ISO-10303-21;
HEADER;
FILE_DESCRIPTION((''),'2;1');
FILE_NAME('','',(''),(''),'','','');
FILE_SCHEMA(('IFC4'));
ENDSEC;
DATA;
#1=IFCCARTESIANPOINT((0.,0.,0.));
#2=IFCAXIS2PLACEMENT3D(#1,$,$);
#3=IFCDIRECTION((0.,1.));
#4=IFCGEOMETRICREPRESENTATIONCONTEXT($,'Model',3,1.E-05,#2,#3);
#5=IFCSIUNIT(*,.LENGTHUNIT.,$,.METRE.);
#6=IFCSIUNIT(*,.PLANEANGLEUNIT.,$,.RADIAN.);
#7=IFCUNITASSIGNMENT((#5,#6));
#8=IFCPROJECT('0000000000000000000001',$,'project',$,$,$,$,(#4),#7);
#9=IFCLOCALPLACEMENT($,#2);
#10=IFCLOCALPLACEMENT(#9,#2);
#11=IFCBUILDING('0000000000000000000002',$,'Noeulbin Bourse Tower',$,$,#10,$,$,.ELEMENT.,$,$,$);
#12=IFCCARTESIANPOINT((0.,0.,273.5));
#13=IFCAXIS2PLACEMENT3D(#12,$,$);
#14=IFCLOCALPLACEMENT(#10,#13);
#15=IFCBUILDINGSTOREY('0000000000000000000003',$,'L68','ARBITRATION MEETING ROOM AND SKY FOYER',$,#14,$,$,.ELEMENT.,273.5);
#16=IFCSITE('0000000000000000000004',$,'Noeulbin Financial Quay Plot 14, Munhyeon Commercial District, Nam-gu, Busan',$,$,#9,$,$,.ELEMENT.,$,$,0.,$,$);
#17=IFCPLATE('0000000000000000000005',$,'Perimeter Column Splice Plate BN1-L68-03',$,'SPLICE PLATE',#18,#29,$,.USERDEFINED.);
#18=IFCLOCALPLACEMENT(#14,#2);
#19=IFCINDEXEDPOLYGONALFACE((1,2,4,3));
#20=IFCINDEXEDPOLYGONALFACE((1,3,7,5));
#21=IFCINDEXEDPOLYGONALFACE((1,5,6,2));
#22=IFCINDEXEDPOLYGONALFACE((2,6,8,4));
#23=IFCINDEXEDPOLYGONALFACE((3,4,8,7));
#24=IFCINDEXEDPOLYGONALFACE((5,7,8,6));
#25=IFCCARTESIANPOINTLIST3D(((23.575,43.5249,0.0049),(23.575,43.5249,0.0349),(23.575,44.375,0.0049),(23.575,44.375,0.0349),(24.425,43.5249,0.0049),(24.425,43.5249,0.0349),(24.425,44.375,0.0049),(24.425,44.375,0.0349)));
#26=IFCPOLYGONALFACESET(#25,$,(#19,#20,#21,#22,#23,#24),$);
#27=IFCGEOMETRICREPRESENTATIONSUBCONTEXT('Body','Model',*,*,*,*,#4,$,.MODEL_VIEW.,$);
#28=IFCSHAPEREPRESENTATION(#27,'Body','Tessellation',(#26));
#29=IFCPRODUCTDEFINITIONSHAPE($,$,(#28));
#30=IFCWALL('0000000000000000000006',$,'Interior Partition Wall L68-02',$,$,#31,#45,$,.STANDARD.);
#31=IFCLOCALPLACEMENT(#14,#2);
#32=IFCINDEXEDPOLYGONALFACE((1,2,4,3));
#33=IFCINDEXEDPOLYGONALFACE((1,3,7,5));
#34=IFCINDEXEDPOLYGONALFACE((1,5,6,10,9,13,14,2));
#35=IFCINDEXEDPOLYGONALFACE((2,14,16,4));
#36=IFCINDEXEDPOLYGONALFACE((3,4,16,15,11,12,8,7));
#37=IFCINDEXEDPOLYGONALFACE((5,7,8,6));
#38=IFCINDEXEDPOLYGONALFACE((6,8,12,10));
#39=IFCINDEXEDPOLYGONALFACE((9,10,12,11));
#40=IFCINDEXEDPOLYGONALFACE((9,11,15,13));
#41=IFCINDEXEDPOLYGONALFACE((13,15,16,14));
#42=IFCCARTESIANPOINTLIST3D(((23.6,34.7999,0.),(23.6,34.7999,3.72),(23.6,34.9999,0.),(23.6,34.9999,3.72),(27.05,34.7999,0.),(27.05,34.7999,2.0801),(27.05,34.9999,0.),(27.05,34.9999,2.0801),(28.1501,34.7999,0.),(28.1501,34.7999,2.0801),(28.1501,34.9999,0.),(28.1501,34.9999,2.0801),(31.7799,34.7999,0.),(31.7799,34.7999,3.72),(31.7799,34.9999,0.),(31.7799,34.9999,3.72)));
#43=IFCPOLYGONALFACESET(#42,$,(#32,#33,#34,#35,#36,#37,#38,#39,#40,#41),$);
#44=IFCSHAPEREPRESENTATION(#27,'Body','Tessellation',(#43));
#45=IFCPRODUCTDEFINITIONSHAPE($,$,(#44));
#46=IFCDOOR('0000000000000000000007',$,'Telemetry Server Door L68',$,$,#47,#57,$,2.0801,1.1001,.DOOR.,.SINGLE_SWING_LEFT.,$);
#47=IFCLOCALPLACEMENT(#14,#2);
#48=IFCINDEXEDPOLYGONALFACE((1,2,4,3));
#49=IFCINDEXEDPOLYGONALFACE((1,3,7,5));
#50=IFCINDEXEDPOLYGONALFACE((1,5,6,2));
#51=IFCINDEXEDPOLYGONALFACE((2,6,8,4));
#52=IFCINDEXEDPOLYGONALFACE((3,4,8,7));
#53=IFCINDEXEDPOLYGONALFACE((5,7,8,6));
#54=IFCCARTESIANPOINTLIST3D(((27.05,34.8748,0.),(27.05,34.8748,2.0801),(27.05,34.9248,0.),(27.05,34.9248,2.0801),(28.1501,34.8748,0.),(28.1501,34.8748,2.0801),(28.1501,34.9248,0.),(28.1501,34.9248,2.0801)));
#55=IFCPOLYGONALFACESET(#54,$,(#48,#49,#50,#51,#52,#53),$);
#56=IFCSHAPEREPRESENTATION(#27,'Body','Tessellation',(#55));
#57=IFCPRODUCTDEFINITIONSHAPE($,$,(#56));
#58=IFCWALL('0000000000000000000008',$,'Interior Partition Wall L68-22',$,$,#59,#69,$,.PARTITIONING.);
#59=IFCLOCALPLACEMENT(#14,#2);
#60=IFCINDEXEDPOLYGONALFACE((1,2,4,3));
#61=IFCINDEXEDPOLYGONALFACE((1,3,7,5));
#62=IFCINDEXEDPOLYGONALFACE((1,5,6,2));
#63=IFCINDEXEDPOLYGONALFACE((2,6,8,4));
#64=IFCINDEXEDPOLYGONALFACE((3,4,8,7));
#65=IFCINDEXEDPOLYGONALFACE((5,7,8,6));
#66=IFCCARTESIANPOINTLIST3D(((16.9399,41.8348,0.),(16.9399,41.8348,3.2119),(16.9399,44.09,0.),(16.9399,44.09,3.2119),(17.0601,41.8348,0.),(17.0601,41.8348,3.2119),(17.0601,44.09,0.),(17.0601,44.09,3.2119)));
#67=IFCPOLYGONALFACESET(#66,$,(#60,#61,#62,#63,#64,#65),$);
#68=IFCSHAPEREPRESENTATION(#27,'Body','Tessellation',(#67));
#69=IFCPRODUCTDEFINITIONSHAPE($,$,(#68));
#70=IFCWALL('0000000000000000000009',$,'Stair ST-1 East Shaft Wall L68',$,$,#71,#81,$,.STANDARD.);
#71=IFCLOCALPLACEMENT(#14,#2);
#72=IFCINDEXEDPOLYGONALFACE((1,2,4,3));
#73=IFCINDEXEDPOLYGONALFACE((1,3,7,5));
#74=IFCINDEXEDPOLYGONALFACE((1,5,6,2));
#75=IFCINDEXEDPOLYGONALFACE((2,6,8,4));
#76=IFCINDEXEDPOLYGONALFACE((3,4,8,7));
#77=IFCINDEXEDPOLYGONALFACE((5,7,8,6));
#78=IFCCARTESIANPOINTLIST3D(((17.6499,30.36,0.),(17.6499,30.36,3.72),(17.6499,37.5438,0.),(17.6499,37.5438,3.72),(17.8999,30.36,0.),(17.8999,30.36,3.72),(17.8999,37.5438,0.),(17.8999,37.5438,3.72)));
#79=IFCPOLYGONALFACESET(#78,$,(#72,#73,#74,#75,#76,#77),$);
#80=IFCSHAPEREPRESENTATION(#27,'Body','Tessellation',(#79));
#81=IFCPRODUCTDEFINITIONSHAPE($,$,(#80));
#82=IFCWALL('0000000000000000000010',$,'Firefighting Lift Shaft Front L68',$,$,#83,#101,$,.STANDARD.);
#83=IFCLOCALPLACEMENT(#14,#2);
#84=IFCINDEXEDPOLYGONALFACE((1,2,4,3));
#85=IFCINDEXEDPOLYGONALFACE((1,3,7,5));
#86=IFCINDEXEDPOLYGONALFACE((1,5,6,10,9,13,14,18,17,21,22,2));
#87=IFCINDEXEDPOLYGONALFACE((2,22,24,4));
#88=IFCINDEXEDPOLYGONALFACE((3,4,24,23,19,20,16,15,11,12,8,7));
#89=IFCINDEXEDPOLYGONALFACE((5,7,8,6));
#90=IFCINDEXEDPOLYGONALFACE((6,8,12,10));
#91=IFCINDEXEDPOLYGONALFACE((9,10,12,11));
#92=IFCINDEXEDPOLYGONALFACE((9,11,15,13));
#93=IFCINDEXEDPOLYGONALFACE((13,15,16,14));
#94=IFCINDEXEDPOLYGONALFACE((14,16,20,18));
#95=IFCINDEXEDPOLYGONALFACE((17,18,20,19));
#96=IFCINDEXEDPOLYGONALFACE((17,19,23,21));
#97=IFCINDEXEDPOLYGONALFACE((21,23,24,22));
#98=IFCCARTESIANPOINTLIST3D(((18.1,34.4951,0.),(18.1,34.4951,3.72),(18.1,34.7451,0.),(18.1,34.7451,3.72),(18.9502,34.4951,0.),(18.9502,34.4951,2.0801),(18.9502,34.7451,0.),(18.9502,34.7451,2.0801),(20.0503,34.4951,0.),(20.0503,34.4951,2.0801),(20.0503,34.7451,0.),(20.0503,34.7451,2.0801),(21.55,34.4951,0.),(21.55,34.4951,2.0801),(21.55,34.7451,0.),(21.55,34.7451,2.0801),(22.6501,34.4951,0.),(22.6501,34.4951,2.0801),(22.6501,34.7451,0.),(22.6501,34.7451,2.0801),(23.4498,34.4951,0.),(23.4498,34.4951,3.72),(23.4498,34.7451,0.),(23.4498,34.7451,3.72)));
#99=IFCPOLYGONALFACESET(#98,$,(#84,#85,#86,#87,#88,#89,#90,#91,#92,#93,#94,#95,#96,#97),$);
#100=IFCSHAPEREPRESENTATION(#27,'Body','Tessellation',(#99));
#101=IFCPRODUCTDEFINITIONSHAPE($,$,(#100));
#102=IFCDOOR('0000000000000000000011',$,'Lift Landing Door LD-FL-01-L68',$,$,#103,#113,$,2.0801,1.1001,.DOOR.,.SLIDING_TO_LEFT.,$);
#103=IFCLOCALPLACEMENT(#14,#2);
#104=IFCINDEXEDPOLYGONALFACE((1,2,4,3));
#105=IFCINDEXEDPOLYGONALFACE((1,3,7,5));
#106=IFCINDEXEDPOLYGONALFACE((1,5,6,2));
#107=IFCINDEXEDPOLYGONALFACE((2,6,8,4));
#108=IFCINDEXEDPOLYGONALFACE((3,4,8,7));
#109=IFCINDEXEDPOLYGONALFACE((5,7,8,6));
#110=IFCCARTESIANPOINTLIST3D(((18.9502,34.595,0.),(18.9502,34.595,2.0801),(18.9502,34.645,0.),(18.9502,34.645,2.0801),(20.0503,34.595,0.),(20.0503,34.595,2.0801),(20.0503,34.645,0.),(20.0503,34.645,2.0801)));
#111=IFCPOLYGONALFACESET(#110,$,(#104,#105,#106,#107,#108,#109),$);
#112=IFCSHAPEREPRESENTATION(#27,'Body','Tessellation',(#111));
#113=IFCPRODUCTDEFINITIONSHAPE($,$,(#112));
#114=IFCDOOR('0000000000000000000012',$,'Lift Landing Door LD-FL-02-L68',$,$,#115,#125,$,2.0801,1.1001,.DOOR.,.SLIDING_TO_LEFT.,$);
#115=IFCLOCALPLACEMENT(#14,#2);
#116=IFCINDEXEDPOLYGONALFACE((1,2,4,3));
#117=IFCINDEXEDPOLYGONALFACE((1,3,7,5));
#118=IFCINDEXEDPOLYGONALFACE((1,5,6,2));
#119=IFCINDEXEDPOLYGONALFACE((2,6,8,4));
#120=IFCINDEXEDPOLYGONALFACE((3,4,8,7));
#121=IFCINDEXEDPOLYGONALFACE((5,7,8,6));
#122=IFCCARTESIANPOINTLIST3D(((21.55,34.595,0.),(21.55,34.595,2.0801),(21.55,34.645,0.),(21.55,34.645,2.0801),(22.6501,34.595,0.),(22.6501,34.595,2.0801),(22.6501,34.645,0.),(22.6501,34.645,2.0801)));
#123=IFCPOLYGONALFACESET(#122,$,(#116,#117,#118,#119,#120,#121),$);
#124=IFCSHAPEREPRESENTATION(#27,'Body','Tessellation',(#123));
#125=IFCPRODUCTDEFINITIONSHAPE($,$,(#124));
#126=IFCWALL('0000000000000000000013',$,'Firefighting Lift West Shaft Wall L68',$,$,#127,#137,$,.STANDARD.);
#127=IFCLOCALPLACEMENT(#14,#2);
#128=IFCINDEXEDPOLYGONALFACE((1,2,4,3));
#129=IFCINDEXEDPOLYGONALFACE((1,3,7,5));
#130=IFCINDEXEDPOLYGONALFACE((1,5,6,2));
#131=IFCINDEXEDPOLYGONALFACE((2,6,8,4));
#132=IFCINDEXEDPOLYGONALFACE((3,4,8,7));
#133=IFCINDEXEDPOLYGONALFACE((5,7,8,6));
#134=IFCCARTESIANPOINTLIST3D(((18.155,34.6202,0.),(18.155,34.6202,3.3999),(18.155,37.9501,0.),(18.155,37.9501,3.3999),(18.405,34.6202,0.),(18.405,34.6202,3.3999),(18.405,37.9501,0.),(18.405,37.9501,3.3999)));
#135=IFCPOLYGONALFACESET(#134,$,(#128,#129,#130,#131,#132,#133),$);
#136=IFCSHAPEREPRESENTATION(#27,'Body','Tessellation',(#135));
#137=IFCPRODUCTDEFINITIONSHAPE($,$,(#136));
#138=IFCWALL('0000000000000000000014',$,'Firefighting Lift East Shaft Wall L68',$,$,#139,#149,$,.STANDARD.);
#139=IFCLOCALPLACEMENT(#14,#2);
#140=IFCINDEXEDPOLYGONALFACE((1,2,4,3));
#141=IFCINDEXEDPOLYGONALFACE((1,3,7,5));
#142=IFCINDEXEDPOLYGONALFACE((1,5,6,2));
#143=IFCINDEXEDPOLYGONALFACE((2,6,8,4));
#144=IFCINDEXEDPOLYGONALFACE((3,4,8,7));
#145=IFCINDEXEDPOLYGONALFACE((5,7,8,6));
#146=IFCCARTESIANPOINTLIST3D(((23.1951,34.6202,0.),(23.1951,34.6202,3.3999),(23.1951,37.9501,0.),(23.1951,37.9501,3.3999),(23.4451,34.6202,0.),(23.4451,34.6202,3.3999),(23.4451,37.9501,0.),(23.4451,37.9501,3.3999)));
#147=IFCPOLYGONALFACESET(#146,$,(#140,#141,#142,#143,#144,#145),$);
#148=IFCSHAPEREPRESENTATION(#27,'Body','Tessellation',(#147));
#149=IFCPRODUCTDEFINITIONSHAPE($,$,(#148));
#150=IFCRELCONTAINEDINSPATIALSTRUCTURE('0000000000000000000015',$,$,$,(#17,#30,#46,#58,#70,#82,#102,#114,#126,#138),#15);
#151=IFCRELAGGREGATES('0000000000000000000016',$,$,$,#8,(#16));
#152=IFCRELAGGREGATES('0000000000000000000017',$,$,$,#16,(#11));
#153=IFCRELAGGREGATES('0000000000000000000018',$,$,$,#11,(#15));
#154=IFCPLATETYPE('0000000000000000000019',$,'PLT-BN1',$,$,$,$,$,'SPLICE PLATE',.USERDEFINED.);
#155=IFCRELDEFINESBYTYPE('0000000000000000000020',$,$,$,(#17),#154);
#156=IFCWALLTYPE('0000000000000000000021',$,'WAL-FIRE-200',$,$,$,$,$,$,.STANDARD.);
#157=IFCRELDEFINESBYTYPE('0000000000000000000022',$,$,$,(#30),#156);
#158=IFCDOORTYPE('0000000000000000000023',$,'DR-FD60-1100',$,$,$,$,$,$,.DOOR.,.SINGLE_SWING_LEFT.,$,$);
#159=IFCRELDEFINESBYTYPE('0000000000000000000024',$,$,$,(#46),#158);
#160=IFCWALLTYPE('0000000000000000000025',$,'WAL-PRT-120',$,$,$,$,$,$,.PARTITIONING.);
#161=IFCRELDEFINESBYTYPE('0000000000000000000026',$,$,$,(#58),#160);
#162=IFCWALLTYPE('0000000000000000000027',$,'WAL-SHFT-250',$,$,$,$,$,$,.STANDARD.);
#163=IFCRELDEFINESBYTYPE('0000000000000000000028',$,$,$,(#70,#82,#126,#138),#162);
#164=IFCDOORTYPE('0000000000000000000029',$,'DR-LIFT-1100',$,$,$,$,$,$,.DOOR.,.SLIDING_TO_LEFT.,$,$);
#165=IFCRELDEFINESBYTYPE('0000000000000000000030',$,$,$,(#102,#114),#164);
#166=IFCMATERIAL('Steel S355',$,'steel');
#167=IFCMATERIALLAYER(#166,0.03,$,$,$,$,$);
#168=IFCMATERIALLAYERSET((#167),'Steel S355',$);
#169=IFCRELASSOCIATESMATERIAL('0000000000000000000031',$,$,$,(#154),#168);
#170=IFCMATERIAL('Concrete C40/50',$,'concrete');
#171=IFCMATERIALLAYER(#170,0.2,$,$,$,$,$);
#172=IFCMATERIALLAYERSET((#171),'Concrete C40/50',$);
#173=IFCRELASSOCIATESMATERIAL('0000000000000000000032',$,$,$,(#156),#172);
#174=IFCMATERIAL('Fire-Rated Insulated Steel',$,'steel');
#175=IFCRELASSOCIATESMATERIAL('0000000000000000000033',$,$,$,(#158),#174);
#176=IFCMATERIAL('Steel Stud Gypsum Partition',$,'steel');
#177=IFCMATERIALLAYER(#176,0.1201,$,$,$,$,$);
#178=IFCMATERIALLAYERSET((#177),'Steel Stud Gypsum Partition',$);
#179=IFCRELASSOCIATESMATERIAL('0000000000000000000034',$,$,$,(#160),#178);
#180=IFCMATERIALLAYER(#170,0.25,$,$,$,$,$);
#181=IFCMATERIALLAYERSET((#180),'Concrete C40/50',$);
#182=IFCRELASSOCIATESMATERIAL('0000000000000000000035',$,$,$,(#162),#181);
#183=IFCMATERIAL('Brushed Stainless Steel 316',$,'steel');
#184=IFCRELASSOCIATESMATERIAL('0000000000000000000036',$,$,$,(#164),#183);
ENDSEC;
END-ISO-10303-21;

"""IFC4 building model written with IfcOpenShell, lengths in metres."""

from ifc_helpers import new_model, si_unit, direction, frame, frame_2d, origin, origin_2d, place, context, subcontext, project, spatial, rectangle, extrude, material, layer, layer_set, type_object, element, fill, save


model = new_model("IFC4")

# Units and contexts
model_context = context("Model", 3, precision=1e-05, world=origin(), true_north=direction((0.0, 1.0)))
body_context = subcontext(model_context, "Body", "Model", "MODEL_VIEW")
ifc_project = project(units=[si_unit("LENGTHUNIT", "METRE"), si_unit("PLANEANGLEUNIT", "RADIAN")], contexts=[model_context])

# Site, building, storey
site_placement = place(None, origin())
site = spatial("IfcSite", under=ifc_project, at=site_placement, Name="Noeulbin Financial Quay Plot 14, Munhyeon Commercial District, Nam-gu, Busan", CompositionType="ELEMENT", RefElevation=0.0)
building_placement = place(site_placement, origin())
building = spatial("IfcBuilding", under=site, at=building_placement, Name="Noeulbin Bourse Tower", CompositionType="ELEMENT")
storey_placement = place(building_placement, frame((0.0, 0.0, 273.5)))
storey = spatial("IfcBuildingStorey", under=building, at=storey_placement, Name="L68", Description="ARBITRATION MEETING ROOM AND SKY FOYER", CompositionType="ELEMENT", Elevation=273.5)

# Shared definitions
ifc_material_1 = material(Name="Steel S355", Category="steel")

# Plate
ifc_layer_1 = layer(ifc_material_1, 0.03)
ifc_layer_set_1 = layer_set([ifc_layer_1], Name="Steel S355")
plate_type_1 = type_object("IfcPlateType", Name="PLT-BN1", ElementType="SPLICE PLATE", PredefinedType="USERDEFINED", material=ifc_layer_set_1)
for number, where, z_axis, x_axis, name in (
    (1, (24.0, 43.95, 0.0049), (0.0, 0.0, 1.0), (1.0, 0.0, 0.0), "Perimeter Column Splice Plate BN1-L68-03"),
):
    element("IfcPlate", number, at=place(storey_placement, frame(where, z_axis=z_axis, x_axis=x_axis)), inside=storey, type_object=plate_type_1, Name=name, ObjectType="SPLICE PLATE", PredefinedType="USERDEFINED", context=body_context, shape_type="SweptSolid", body=[
        extrude(rectangle(XDim=0.8501, YDim=0.8501, at=origin_2d()), origin(), (0.0, 0.0, 1.0), 0.03),
    ])

# Wall, opening, door
ifc_material_2 = material(Name="Concrete C40/50", Category="concrete")
ifc_layer_2 = layer(ifc_material_2, 0.2)
ifc_layer_set_2 = layer_set([ifc_layer_2], Name="Concrete C40/50")
wall_type_1 = type_object("IfcWallType", Name="WAL-FIRE-200", PredefinedType="STANDARD", material=ifc_layer_set_2)
wall_1_placement = place(storey_placement, frame((23.6001, 34.8999, 0.0), z_axis=(0.0, 0.0, 1.0), x_axis=(1.0, 0.0, 0.0)))
wall_1 = element("IfcWall", 2, at=wall_1_placement, inside=storey, type_object=wall_type_1, Name="Interior Partition Wall L68-02", PredefinedType="STANDARD", context=body_context, shape_type="SweptSolid", body=[
    extrude(rectangle(XDim=8.1799, YDim=0.2, at=frame_2d((4.0898, 0.0))), origin(), (0.0, 0.0, 1.0), 3.72),
])
opening_1_placement = place(wall_1_placement, frame((3.45, 0.0, 0.0)))
opening_1 = element("IfcOpeningElement", 3, at=opening_1_placement, cuts=wall_1, PredefinedType="OPENING", context=body_context, shape_type="SweptSolid", body=[
    extrude(rectangle(XDim=1.1001, YDim=2.0801, at=frame_2d((0.55, 1.04))), frame((0.0, 0.1099, 0.0), z_axis=(0.0, -1.0, 0.0), x_axis=(1.0, 0.0, 0.0)), (0.0, 0.0, 1.0), 0.22),
])
ifc_material_3 = material(Name="Fire-Rated Insulated Steel", Category="steel")
door_type_1 = type_object("IfcDoorType", Name="DR-FD60-1100", OperationType="SINGLE_SWING_LEFT", PredefinedType="DOOR", material=ifc_material_3)
door_1_placement = place(opening_1_placement, origin())
door_1 = element("IfcDoor", 4, at=door_1_placement, inside=storey, type_object=door_type_1, Name="Telemetry Server Door L68", OperationType="SINGLE_SWING_LEFT", OverallHeight=2.0801, OverallWidth=1.1001, PredefinedType="DOOR", context=body_context, shape_type="SweptSolid", body=[
    extrude(rectangle(XDim=1.1001, YDim=2.0801, at=frame_2d((0.55, 1.04))), frame((0.0, 0.0249, 0.0), z_axis=(0.0, -1.0, 0.0), x_axis=(1.0, 0.0, 0.0)), (0.0, 0.0, 1.0), 0.05),
])
fill(opening_1, door_1)

# Walls
ifc_material_4 = material(Name="Steel Stud Gypsum Partition", Category="steel")
ifc_layer_3 = layer(ifc_material_4, 0.1201)
ifc_layer_set_3 = layer_set([ifc_layer_3], Name="Steel Stud Gypsum Partition")
wall_type_2 = type_object("IfcWallType", Name="WAL-PRT-120", PredefinedType="PARTITIONING", material=ifc_layer_set_3)
wall_2_placement = place(storey_placement, frame((17.0, 41.835, 0.0), z_axis=(0.0, 0.0, 1.0), x_axis=(0.0, 1.0, 0.0)))
element("IfcWall", 5, at=wall_2_placement, inside=storey, type_object=wall_type_2, Name="Interior Partition Wall L68-22", PredefinedType="PARTITIONING", context=body_context, shape_type="SweptSolid", body=[
    extrude(rectangle(XDim=2.2551, YDim=0.1201, at=frame_2d((1.1274, 0.0))), origin(), (0.0, 0.0, 1.0), 3.2119),
])
ifc_layer_4 = layer(ifc_material_2, 0.25)
ifc_layer_set_4 = layer_set([ifc_layer_4], Name="Concrete C40/50")
wall_type_3 = type_object("IfcWallType", Name="WAL-SHFT-250", PredefinedType="STANDARD", material=ifc_layer_set_4)
wall_3_placement = place(storey_placement, frame((17.7749, 30.3601, 0.0), z_axis=(0.0, 0.0, 1.0), x_axis=(0.0, 1.0, 0.0)))
element("IfcWall", 6, at=wall_3_placement, inside=storey, type_object=wall_type_3, Name="Stair ST-1 East Shaft Wall L68", PredefinedType="STANDARD", context=body_context, shape_type="SweptSolid", body=[
    extrude(rectangle(XDim=7.1838, YDim=0.25, at=frame_2d((3.5918, 0.0))), origin(), (0.0, 0.0, 1.0), 3.72),
])

# Wall, openings, doors
wall_4_placement = place(storey_placement, frame((18.1001, 34.6201, 0.0), z_axis=(0.0, 0.0, 1.0), x_axis=(1.0, 0.0, 0.0)))
wall_4 = element("IfcWall", 7, at=wall_4_placement, inside=storey, type_object=wall_type_3, Name="Firefighting Lift Shaft Front L68", PredefinedType="STANDARD", context=body_context, shape_type="SweptSolid", body=[
    extrude(rectangle(XDim=5.3499, YDim=0.25, at=frame_2d((2.6748, 0.0))), origin(), (0.0, 0.0, 1.0), 3.72),
])
opening_2_placement = place(wall_4_placement, frame((0.8501, 0.0, 0.0)))
opening_2 = element("IfcOpeningElement", 8, at=opening_2_placement, cuts=wall_4, PredefinedType="OPENING", context=body_context, shape_type="SweptSolid", body=[
    extrude(rectangle(XDim=1.1001, YDim=2.0801, at=frame_2d((0.55, 1.04))), frame((0.0, 0.135, 0.0), z_axis=(0.0, -1.0, 0.0), x_axis=(1.0, 0.0, 0.0)), (0.0, 0.0, 1.0), 0.27),
])
opening_3_placement = place(wall_4_placement, frame((3.45, 0.0, 0.0)))
opening_3 = element("IfcOpeningElement", 9, at=opening_3_placement, cuts=wall_4, PredefinedType="OPENING", context=body_context, shape_type="SweptSolid", body=[
    extrude(rectangle(XDim=1.1001, YDim=2.0801, at=frame_2d((0.55, 1.04))), frame((0.0, 0.135, 0.0), z_axis=(0.0, -1.0, 0.0), x_axis=(1.0, 0.0, 0.0)), (0.0, 0.0, 1.0), 0.27),
])
ifc_material_5 = material(Name="Brushed Stainless Steel 316", Category="steel")
door_type_2 = type_object("IfcDoorType", Name="DR-LIFT-1100", OperationType="SLIDING_TO_LEFT", PredefinedType="DOOR", material=ifc_material_5)
door_2_placement = place(opening_2_placement, origin())
door_2 = element("IfcDoor", 10, at=door_2_placement, inside=storey, type_object=door_type_2, Name="Lift Landing Door LD-FL-01-L68", OperationType="SLIDING_TO_LEFT", OverallHeight=2.0801, OverallWidth=1.1001, PredefinedType="DOOR", context=body_context, shape_type="SweptSolid", body=[
    extrude(rectangle(XDim=1.1001, YDim=2.0801, at=frame_2d((0.55, 1.04))), frame((0.0, 0.0249, 0.0), z_axis=(0.0, -1.0, 0.0), x_axis=(1.0, 0.0, 0.0)), (0.0, 0.0, 1.0), 0.05),
])
fill(opening_2, door_2)
door_3_placement = place(opening_3_placement, origin())
door_3 = element("IfcDoor", 11, at=door_3_placement, inside=storey, type_object=door_type_2, Name="Lift Landing Door LD-FL-02-L68", OperationType="SLIDING_TO_LEFT", OverallHeight=2.0801, OverallWidth=1.1001, PredefinedType="DOOR", context=body_context, shape_type="SweptSolid", body=[
    extrude(rectangle(XDim=1.1001, YDim=2.0801, at=frame_2d((0.55, 1.04))), frame((0.0, 0.0249, 0.0), z_axis=(0.0, -1.0, 0.0), x_axis=(1.0, 0.0, 0.0)), (0.0, 0.0, 1.0), 0.05),
])
fill(opening_3, door_3)

# Walls
for number, where, z_axis, x_axis, name in (
    (12, (18.28, 34.6201, 0.0), (0.0, 0.0, 1.0), (0.0, 1.0, 0.0), "Firefighting Lift West Shaft Wall L68"),
    (13, (23.3201, 34.6201, 0.0), (0.0, 0.0, 1.0), (0.0, 1.0, 0.0), "Firefighting Lift East Shaft Wall L68"),
):
    element("IfcWall", number, at=place(storey_placement, frame(where, z_axis=z_axis, x_axis=x_axis)), inside=storey, type_object=wall_type_3, Name=name, PredefinedType="STANDARD", context=body_context, shape_type="SweptSolid", body=[
        extrude(rectangle(XDim=3.3298, YDim=0.25, at=frame_2d((1.665, 0.0))), origin(), (0.0, 0.0, 1.0), 3.3999),
    ])

save(model, "model.ifc")
